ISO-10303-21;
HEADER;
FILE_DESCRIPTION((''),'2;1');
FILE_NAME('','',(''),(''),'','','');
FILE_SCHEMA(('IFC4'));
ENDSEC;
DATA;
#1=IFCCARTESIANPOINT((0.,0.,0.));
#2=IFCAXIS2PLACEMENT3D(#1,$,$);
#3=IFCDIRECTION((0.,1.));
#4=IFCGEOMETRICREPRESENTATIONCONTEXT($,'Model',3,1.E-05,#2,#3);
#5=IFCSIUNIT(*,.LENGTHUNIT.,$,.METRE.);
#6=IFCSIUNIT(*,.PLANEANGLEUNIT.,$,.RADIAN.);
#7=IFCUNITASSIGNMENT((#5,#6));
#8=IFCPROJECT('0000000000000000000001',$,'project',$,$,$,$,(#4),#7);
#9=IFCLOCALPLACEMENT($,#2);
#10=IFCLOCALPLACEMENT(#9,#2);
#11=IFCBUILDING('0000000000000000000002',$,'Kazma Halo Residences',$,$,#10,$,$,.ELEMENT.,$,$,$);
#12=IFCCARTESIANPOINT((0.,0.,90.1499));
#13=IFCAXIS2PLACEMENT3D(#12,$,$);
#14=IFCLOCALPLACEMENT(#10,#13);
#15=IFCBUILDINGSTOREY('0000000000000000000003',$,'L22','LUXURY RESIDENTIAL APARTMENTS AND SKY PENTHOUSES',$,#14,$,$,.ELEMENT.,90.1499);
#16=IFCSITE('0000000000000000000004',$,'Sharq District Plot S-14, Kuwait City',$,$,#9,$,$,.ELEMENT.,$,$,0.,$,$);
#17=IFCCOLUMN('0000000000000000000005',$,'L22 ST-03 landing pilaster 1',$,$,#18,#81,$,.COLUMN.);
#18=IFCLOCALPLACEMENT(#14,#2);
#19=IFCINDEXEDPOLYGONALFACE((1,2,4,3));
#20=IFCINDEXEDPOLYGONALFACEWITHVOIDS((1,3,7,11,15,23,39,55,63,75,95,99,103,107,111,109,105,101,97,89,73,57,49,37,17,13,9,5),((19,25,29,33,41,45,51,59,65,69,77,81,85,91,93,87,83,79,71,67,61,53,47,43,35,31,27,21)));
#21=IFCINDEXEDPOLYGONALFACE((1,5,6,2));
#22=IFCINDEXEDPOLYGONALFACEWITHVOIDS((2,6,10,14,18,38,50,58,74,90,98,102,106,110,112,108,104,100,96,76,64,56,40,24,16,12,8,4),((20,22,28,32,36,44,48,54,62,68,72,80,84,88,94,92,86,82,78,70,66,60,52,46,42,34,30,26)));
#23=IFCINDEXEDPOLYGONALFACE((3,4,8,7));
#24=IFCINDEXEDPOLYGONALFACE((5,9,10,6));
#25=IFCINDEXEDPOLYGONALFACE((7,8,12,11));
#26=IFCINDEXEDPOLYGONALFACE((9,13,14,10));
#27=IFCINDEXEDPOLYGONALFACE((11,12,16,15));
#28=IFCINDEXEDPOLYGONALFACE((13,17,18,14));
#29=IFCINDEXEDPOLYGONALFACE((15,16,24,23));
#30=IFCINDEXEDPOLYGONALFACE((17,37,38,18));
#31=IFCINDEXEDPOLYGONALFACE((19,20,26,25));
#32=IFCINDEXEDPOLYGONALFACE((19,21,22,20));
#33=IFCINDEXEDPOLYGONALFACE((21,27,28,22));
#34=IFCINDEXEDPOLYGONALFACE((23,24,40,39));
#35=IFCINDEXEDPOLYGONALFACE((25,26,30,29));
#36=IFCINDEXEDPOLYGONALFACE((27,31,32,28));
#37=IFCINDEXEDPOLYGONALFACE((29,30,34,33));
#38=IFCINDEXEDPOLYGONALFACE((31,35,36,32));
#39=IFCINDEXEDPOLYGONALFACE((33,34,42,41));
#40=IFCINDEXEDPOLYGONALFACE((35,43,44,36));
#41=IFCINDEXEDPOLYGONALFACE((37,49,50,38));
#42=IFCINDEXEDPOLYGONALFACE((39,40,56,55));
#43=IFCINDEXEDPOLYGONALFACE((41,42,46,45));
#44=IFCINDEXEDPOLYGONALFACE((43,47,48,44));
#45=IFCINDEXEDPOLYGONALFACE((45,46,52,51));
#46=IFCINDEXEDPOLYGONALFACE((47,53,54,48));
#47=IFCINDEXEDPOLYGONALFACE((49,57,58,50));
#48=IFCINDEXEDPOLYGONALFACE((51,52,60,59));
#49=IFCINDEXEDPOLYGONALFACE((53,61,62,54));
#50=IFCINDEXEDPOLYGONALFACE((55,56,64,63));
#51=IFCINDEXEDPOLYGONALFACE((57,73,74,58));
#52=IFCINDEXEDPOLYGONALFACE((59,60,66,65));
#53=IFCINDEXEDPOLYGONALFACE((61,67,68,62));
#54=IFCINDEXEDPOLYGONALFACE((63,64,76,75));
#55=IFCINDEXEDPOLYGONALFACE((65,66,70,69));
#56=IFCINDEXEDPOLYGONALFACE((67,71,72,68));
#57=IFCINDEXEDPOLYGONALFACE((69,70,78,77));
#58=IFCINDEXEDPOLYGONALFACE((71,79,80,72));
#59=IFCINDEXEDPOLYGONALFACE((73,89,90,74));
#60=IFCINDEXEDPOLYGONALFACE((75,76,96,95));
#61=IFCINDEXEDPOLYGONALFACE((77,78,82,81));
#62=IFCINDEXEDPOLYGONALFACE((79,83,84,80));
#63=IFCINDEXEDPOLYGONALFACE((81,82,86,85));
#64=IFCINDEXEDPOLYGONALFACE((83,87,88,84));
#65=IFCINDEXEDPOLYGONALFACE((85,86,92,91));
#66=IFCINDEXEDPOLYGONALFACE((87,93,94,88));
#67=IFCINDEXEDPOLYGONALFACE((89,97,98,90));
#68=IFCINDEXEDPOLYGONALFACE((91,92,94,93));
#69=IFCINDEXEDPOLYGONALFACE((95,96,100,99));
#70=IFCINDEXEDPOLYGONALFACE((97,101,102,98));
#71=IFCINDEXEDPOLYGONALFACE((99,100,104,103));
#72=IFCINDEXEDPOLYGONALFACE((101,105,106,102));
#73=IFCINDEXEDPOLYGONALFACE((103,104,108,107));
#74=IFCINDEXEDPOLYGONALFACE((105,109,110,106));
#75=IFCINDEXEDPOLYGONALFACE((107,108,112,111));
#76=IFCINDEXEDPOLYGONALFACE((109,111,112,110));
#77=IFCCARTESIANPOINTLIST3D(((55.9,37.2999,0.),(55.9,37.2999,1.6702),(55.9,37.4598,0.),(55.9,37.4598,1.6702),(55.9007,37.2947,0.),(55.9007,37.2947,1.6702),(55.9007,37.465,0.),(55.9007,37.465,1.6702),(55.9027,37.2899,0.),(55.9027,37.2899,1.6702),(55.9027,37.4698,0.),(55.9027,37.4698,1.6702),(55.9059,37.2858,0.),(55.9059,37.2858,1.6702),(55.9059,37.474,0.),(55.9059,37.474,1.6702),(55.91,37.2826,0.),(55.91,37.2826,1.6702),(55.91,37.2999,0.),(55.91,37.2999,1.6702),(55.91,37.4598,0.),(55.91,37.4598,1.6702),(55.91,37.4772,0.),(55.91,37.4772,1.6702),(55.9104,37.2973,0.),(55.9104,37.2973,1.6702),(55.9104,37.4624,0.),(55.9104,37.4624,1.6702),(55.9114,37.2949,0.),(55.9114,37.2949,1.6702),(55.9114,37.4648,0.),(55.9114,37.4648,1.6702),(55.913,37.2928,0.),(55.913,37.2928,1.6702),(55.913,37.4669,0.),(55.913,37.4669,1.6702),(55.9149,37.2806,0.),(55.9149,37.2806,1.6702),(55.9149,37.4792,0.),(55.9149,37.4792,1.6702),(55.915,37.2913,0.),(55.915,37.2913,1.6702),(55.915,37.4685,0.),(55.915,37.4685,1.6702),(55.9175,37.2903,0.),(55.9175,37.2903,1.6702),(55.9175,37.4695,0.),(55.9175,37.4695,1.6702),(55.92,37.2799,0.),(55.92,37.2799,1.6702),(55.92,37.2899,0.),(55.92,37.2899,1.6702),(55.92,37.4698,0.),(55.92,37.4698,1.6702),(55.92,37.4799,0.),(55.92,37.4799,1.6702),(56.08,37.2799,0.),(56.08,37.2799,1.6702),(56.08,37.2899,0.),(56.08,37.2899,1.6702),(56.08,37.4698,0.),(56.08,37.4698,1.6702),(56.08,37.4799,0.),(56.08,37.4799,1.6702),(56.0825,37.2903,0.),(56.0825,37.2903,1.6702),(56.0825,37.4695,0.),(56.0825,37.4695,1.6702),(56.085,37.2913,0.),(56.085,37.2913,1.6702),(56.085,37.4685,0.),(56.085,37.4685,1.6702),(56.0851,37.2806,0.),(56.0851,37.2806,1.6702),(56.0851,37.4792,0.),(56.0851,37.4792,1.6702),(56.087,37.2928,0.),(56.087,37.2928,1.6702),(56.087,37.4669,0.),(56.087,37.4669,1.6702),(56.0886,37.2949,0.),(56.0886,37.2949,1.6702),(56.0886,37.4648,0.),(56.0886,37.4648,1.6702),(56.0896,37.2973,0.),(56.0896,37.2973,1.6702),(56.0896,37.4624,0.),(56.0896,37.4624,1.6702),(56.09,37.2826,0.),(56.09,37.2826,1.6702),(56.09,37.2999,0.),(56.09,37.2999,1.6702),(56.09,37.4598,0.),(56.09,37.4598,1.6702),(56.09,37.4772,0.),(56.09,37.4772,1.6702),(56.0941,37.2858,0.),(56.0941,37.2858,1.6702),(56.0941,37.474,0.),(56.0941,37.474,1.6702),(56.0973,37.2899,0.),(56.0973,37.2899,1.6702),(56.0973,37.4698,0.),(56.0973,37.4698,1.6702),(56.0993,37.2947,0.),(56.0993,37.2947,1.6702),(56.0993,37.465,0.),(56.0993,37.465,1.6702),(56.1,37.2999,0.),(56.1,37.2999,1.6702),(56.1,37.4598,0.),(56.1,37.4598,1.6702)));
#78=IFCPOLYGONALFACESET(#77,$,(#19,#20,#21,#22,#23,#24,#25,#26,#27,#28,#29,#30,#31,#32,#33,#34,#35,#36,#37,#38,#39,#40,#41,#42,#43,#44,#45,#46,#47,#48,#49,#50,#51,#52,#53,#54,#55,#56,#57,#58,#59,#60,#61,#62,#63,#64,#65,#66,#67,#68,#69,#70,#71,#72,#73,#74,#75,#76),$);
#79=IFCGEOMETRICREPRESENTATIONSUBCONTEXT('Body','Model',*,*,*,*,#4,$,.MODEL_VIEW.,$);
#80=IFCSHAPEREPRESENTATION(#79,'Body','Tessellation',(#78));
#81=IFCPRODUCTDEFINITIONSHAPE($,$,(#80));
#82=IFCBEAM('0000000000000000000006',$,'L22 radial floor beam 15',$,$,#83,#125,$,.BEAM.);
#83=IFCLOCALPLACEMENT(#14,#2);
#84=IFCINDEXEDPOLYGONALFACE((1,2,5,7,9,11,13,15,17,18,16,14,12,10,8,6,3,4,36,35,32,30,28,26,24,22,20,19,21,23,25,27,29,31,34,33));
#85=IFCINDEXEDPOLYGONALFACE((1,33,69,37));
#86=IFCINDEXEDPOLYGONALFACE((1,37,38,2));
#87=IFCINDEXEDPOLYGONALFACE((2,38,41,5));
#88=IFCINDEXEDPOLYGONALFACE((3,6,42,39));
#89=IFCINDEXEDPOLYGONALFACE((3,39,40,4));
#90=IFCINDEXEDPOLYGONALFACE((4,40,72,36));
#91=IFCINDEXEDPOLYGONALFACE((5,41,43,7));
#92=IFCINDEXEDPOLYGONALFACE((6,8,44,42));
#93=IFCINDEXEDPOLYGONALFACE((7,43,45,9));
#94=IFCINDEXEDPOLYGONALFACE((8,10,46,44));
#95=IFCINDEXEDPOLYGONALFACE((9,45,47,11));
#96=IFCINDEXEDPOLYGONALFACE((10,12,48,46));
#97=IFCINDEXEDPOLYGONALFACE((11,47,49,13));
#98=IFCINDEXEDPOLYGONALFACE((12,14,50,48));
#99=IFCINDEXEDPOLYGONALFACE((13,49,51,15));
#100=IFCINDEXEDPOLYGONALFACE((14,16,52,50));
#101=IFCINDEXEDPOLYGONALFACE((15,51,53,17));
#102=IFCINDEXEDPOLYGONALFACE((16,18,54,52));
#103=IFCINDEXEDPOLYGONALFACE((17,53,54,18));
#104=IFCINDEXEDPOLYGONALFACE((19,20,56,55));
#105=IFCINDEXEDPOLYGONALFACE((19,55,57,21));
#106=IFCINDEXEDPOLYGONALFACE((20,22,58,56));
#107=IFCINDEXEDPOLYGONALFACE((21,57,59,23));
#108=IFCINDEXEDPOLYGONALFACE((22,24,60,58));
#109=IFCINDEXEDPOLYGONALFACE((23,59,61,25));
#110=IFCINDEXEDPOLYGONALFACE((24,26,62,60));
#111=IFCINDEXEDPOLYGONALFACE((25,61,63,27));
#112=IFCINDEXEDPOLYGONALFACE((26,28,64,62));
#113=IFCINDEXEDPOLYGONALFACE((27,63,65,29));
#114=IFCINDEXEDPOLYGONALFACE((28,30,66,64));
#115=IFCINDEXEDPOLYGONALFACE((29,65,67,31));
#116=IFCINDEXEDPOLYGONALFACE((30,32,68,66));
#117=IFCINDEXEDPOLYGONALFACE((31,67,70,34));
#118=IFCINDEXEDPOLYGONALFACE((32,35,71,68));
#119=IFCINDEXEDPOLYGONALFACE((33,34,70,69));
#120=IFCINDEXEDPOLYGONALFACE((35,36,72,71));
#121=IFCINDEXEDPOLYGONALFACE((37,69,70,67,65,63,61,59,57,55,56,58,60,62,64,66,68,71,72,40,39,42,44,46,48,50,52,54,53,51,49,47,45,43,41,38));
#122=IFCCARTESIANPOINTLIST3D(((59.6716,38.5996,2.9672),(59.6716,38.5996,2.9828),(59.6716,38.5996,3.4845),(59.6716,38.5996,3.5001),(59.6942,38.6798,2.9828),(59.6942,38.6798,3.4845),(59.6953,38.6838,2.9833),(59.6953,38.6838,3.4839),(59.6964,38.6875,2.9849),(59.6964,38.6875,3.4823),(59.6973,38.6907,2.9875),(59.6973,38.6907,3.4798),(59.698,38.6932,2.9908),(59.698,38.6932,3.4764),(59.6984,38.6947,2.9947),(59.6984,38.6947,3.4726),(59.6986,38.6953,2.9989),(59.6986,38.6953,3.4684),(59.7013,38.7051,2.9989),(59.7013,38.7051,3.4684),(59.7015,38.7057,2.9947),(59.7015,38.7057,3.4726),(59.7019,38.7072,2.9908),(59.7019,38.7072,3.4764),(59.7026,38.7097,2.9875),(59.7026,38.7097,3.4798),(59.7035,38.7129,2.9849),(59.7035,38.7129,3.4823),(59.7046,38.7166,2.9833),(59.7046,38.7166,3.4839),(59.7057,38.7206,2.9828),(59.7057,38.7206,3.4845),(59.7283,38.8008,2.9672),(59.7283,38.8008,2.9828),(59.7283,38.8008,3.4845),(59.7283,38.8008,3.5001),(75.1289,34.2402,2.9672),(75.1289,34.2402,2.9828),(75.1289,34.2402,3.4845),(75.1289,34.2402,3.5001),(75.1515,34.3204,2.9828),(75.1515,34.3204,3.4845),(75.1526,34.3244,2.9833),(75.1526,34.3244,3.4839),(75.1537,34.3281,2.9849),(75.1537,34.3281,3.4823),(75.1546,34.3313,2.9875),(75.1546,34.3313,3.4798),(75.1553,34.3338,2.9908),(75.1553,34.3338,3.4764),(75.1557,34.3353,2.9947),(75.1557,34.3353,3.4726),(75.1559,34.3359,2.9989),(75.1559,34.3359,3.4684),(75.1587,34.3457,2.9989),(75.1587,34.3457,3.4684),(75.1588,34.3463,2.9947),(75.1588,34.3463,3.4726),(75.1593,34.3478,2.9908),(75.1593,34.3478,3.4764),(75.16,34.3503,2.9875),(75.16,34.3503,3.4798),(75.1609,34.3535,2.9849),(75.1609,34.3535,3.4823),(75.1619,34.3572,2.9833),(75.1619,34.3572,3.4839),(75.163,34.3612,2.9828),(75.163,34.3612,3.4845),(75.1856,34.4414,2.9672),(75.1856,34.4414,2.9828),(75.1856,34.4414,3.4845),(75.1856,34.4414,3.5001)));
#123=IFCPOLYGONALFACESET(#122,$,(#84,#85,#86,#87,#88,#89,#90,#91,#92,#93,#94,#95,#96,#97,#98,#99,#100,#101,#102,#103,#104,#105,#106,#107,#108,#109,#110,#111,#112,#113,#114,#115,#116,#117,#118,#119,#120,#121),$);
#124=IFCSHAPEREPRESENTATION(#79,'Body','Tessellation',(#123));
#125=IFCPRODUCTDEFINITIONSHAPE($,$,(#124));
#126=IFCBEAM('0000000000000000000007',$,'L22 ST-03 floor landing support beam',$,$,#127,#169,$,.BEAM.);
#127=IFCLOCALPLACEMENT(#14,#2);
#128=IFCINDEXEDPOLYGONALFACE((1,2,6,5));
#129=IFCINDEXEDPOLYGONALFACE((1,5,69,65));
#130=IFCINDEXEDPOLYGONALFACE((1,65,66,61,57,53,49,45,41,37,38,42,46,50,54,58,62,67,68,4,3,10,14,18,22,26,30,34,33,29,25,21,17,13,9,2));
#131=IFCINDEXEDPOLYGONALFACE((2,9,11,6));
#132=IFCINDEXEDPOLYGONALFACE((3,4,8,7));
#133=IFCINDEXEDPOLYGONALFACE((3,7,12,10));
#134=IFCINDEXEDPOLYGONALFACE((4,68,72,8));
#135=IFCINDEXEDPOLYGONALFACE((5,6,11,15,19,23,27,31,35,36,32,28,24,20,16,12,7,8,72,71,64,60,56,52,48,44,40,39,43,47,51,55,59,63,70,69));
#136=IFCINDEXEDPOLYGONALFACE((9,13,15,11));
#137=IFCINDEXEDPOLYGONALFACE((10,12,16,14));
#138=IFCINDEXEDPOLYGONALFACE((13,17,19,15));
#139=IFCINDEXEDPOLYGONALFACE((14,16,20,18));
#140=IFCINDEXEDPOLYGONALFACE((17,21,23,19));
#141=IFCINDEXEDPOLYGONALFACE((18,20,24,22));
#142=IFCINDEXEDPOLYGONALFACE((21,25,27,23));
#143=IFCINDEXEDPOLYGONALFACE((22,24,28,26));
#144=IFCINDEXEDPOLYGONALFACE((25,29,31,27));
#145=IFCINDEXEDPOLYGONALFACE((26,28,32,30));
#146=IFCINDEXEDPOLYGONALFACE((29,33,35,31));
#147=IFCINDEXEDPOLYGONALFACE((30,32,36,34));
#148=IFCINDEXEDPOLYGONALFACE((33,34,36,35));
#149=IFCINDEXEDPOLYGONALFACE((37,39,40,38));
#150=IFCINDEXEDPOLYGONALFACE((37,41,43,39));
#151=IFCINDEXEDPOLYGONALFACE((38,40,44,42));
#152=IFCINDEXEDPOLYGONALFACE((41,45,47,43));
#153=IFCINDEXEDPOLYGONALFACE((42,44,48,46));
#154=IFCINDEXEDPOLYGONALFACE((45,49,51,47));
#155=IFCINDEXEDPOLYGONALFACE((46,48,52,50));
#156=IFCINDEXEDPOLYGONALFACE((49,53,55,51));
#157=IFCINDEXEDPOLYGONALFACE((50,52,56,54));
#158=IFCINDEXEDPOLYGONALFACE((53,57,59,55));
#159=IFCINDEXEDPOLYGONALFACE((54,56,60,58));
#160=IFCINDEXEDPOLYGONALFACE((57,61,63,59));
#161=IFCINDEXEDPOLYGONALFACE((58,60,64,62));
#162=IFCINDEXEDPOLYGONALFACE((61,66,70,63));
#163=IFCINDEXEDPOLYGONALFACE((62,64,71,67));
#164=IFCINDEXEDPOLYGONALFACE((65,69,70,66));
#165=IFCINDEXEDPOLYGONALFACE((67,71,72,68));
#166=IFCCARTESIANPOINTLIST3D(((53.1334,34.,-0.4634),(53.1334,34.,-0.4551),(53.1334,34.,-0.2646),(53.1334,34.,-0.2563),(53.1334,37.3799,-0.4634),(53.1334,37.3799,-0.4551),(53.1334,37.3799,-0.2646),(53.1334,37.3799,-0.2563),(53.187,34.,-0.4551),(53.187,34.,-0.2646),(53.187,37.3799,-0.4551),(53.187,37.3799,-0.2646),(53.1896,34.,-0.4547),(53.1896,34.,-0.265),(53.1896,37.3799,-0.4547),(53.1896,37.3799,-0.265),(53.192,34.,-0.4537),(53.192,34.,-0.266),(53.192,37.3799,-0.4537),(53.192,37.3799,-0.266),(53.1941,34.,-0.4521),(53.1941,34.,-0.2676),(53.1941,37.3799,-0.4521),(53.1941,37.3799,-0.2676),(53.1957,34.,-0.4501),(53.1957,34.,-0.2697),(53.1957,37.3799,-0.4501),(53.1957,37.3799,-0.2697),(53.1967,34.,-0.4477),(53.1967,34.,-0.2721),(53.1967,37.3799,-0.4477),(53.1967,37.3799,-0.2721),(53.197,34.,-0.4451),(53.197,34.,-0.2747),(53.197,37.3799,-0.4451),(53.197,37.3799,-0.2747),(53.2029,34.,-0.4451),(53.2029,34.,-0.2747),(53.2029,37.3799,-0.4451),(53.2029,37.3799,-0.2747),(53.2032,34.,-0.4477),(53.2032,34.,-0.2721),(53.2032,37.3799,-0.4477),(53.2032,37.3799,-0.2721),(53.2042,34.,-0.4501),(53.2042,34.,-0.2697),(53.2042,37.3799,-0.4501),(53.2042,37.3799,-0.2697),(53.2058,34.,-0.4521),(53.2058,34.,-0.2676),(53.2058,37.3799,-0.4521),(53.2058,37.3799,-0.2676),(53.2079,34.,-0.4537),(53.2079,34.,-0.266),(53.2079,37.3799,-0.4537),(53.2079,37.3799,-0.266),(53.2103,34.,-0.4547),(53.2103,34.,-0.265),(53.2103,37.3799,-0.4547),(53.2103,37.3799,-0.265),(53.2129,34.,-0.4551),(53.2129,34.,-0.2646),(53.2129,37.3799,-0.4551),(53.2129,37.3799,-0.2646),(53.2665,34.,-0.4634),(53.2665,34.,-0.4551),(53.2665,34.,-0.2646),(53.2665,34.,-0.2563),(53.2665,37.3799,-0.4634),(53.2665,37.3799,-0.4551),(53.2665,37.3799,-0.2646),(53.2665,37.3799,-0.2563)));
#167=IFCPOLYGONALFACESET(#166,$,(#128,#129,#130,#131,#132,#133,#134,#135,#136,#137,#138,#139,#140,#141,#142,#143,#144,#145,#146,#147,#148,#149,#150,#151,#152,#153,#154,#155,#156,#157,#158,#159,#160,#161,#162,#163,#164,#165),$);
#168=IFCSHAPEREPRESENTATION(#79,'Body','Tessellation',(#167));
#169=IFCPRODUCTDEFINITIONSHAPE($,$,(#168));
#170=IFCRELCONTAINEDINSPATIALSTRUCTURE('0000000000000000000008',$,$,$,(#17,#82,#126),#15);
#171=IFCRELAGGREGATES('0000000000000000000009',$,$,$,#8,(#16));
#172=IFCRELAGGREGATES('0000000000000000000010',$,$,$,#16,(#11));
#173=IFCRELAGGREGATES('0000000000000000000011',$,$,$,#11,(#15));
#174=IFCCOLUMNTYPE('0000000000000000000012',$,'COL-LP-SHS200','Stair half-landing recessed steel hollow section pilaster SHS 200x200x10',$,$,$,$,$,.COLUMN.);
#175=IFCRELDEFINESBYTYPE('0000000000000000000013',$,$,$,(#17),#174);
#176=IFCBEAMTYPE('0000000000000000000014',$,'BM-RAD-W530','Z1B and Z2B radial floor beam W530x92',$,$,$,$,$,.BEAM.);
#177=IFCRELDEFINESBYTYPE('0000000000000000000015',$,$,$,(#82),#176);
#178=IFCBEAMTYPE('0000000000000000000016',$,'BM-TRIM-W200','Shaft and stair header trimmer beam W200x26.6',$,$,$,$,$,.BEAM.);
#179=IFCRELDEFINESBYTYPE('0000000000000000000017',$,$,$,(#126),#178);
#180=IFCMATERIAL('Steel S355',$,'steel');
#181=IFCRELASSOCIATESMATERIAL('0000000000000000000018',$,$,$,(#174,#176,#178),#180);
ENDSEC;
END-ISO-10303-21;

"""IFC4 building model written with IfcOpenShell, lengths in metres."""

from ifc_helpers import new_model, si_unit, direction, frame, origin, origin_2d, place, context, subcontext, project, spatial, hollow_rectangle, i_section, extrude, material, material_profile, profile_set, type_object, element, save


model = new_model("IFC4")

# Units and contexts
model_context = context("Model", 3, precision=1e-05, world=origin(), true_north=direction((0.0, 1.0)))
body_context = subcontext(model_context, "Body", "Model", "MODEL_VIEW")
ifc_project = project(units=[si_unit("LENGTHUNIT", "METRE"), si_unit("PLANEANGLEUNIT", "RADIAN")], contexts=[model_context])

# Site, building, storey
site_placement = place(None, origin())
site = spatial("IfcSite", under=ifc_project, at=site_placement, Name="Sharq District Plot S-14, Kuwait City", CompositionType="ELEMENT", RefElevation=0.0)
building_placement = place(site_placement, origin())
building = spatial("IfcBuilding", under=site, at=building_placement, Name="Kazma Halo Residences", CompositionType="ELEMENT")
storey_placement = place(building_placement, frame((0.0, 0.0, 90.1499)))
storey = spatial("IfcBuildingStorey", under=building, at=storey_placement, Name="L22", Description="LUXURY RESIDENTIAL APARTMENTS AND SKY PENTHOUSES", CompositionType="ELEMENT", Elevation=90.1499)

# Column
ifc_material_1 = material(Name="Steel S355", Category="steel")
ifc_material_profile_1 = material_profile(ifc_material_1, hollow_rectangle(XDim=0.2, YDim=0.2, WallThickness=0.01, InnerFilletRadius=0.01, OuterFilletRadius=0.02, at=origin_2d()), Name="SHS200x200x10")
ifc_profile_set_1 = profile_set([ifc_material_profile_1], Name="Steel S355")
column_type = type_object("IfcColumnType", Name="COL-LP-SHS200", Description="Stair half-landing recessed steel hollow section pilaster SHS 200x200x10", PredefinedType="COLUMN", material=ifc_profile_set_1)
column_placement = place(storey_placement, frame((56.0, 37.3799, 0.0), z_axis=(0.0, 0.0, 1.0), x_axis=(1.0, 0.0, 0.0)))
element("IfcColumn", 1, at=column_placement, inside=storey, type_object=column_type, Name="L22 ST-03 landing pilaster 1", PredefinedType="COLUMN", context=body_context, shape_type="SweptSolid", body=[
    extrude(hollow_rectangle(XDim=0.2, YDim=0.2, WallThickness=0.01, InnerFilletRadius=0.01, OuterFilletRadius=0.02, at=origin_2d()), origin(), (0.0, 0.0, 1.0), 1.6702),
])

# Beams
ifc_material_profile_2 = material_profile(ifc_material_1, i_section(OverallWidth=0.209, OverallDepth=0.533, WebThickness=0.0103, FlangeThickness=0.0156, FilletRadius=0.0161, at=origin_2d()), Name="W530x92")
ifc_profile_set_2 = profile_set([ifc_material_profile_2], Name="Steel S355")
beam_type_1 = type_object("IfcBeamType", Name="BM-RAD-W530", Description="Z1B and Z2B radial floor beam W530x92", PredefinedType="BEAM", material=ifc_profile_set_2)
beam_1_placement = place(storey_placement, frame((59.7, 38.7002, 3.2336), z_axis=(0.962456, -0.271439, 0.0), x_axis=(0.271439, 0.962456, 0.0)))
element("IfcBeam", 2, at=beam_1_placement, inside=storey, type_object=beam_type_1, Name="L22 radial floor beam 15", PredefinedType="BEAM", context=body_context, shape_type="SweptSolid", body=[
    extrude(i_section(OverallWidth=0.209, OverallDepth=0.533, WebThickness=0.0103, FlangeThickness=0.0156, FilletRadius=0.0161, at=origin_2d()), origin(), (0.0, 0.0, 1.0), 16.0603),
])
ifc_material_profile_3 = material_profile(ifc_material_1, i_section(OverallWidth=0.1331, OverallDepth=0.207, WebThickness=0.0059, FlangeThickness=0.0083, FilletRadius=0.01, at=origin_2d()), Name="W200x26.6")
ifc_profile_set_3 = profile_set([ifc_material_profile_3], Name="Steel S355")
beam_type_2 = type_object("IfcBeamType", Name="BM-TRIM-W200", Description="Shaft and stair header trimmer beam W200x26.6", PredefinedType="BEAM", material=ifc_profile_set_3)
beam_2_placement = place(storey_placement, frame((53.2, 34.0, -0.3599), z_axis=(0.0, 1.0, 0.0), x_axis=(-1.0, 0.0, 0.0)))
element("IfcBeam", 3, at=beam_2_placement, inside=storey, type_object=beam_type_2, Name="L22 ST-03 floor landing support beam", PredefinedType="BEAM", context=body_context, shape_type="SweptSolid", body=[
    extrude(i_section(OverallWidth=0.1331, OverallDepth=0.207, WebThickness=0.0059, FlangeThickness=0.0083, FilletRadius=0.01, at=origin_2d()), origin(), (0.0, 0.0, 1.0), 3.3799),
])

save(model, "model.ifc")
